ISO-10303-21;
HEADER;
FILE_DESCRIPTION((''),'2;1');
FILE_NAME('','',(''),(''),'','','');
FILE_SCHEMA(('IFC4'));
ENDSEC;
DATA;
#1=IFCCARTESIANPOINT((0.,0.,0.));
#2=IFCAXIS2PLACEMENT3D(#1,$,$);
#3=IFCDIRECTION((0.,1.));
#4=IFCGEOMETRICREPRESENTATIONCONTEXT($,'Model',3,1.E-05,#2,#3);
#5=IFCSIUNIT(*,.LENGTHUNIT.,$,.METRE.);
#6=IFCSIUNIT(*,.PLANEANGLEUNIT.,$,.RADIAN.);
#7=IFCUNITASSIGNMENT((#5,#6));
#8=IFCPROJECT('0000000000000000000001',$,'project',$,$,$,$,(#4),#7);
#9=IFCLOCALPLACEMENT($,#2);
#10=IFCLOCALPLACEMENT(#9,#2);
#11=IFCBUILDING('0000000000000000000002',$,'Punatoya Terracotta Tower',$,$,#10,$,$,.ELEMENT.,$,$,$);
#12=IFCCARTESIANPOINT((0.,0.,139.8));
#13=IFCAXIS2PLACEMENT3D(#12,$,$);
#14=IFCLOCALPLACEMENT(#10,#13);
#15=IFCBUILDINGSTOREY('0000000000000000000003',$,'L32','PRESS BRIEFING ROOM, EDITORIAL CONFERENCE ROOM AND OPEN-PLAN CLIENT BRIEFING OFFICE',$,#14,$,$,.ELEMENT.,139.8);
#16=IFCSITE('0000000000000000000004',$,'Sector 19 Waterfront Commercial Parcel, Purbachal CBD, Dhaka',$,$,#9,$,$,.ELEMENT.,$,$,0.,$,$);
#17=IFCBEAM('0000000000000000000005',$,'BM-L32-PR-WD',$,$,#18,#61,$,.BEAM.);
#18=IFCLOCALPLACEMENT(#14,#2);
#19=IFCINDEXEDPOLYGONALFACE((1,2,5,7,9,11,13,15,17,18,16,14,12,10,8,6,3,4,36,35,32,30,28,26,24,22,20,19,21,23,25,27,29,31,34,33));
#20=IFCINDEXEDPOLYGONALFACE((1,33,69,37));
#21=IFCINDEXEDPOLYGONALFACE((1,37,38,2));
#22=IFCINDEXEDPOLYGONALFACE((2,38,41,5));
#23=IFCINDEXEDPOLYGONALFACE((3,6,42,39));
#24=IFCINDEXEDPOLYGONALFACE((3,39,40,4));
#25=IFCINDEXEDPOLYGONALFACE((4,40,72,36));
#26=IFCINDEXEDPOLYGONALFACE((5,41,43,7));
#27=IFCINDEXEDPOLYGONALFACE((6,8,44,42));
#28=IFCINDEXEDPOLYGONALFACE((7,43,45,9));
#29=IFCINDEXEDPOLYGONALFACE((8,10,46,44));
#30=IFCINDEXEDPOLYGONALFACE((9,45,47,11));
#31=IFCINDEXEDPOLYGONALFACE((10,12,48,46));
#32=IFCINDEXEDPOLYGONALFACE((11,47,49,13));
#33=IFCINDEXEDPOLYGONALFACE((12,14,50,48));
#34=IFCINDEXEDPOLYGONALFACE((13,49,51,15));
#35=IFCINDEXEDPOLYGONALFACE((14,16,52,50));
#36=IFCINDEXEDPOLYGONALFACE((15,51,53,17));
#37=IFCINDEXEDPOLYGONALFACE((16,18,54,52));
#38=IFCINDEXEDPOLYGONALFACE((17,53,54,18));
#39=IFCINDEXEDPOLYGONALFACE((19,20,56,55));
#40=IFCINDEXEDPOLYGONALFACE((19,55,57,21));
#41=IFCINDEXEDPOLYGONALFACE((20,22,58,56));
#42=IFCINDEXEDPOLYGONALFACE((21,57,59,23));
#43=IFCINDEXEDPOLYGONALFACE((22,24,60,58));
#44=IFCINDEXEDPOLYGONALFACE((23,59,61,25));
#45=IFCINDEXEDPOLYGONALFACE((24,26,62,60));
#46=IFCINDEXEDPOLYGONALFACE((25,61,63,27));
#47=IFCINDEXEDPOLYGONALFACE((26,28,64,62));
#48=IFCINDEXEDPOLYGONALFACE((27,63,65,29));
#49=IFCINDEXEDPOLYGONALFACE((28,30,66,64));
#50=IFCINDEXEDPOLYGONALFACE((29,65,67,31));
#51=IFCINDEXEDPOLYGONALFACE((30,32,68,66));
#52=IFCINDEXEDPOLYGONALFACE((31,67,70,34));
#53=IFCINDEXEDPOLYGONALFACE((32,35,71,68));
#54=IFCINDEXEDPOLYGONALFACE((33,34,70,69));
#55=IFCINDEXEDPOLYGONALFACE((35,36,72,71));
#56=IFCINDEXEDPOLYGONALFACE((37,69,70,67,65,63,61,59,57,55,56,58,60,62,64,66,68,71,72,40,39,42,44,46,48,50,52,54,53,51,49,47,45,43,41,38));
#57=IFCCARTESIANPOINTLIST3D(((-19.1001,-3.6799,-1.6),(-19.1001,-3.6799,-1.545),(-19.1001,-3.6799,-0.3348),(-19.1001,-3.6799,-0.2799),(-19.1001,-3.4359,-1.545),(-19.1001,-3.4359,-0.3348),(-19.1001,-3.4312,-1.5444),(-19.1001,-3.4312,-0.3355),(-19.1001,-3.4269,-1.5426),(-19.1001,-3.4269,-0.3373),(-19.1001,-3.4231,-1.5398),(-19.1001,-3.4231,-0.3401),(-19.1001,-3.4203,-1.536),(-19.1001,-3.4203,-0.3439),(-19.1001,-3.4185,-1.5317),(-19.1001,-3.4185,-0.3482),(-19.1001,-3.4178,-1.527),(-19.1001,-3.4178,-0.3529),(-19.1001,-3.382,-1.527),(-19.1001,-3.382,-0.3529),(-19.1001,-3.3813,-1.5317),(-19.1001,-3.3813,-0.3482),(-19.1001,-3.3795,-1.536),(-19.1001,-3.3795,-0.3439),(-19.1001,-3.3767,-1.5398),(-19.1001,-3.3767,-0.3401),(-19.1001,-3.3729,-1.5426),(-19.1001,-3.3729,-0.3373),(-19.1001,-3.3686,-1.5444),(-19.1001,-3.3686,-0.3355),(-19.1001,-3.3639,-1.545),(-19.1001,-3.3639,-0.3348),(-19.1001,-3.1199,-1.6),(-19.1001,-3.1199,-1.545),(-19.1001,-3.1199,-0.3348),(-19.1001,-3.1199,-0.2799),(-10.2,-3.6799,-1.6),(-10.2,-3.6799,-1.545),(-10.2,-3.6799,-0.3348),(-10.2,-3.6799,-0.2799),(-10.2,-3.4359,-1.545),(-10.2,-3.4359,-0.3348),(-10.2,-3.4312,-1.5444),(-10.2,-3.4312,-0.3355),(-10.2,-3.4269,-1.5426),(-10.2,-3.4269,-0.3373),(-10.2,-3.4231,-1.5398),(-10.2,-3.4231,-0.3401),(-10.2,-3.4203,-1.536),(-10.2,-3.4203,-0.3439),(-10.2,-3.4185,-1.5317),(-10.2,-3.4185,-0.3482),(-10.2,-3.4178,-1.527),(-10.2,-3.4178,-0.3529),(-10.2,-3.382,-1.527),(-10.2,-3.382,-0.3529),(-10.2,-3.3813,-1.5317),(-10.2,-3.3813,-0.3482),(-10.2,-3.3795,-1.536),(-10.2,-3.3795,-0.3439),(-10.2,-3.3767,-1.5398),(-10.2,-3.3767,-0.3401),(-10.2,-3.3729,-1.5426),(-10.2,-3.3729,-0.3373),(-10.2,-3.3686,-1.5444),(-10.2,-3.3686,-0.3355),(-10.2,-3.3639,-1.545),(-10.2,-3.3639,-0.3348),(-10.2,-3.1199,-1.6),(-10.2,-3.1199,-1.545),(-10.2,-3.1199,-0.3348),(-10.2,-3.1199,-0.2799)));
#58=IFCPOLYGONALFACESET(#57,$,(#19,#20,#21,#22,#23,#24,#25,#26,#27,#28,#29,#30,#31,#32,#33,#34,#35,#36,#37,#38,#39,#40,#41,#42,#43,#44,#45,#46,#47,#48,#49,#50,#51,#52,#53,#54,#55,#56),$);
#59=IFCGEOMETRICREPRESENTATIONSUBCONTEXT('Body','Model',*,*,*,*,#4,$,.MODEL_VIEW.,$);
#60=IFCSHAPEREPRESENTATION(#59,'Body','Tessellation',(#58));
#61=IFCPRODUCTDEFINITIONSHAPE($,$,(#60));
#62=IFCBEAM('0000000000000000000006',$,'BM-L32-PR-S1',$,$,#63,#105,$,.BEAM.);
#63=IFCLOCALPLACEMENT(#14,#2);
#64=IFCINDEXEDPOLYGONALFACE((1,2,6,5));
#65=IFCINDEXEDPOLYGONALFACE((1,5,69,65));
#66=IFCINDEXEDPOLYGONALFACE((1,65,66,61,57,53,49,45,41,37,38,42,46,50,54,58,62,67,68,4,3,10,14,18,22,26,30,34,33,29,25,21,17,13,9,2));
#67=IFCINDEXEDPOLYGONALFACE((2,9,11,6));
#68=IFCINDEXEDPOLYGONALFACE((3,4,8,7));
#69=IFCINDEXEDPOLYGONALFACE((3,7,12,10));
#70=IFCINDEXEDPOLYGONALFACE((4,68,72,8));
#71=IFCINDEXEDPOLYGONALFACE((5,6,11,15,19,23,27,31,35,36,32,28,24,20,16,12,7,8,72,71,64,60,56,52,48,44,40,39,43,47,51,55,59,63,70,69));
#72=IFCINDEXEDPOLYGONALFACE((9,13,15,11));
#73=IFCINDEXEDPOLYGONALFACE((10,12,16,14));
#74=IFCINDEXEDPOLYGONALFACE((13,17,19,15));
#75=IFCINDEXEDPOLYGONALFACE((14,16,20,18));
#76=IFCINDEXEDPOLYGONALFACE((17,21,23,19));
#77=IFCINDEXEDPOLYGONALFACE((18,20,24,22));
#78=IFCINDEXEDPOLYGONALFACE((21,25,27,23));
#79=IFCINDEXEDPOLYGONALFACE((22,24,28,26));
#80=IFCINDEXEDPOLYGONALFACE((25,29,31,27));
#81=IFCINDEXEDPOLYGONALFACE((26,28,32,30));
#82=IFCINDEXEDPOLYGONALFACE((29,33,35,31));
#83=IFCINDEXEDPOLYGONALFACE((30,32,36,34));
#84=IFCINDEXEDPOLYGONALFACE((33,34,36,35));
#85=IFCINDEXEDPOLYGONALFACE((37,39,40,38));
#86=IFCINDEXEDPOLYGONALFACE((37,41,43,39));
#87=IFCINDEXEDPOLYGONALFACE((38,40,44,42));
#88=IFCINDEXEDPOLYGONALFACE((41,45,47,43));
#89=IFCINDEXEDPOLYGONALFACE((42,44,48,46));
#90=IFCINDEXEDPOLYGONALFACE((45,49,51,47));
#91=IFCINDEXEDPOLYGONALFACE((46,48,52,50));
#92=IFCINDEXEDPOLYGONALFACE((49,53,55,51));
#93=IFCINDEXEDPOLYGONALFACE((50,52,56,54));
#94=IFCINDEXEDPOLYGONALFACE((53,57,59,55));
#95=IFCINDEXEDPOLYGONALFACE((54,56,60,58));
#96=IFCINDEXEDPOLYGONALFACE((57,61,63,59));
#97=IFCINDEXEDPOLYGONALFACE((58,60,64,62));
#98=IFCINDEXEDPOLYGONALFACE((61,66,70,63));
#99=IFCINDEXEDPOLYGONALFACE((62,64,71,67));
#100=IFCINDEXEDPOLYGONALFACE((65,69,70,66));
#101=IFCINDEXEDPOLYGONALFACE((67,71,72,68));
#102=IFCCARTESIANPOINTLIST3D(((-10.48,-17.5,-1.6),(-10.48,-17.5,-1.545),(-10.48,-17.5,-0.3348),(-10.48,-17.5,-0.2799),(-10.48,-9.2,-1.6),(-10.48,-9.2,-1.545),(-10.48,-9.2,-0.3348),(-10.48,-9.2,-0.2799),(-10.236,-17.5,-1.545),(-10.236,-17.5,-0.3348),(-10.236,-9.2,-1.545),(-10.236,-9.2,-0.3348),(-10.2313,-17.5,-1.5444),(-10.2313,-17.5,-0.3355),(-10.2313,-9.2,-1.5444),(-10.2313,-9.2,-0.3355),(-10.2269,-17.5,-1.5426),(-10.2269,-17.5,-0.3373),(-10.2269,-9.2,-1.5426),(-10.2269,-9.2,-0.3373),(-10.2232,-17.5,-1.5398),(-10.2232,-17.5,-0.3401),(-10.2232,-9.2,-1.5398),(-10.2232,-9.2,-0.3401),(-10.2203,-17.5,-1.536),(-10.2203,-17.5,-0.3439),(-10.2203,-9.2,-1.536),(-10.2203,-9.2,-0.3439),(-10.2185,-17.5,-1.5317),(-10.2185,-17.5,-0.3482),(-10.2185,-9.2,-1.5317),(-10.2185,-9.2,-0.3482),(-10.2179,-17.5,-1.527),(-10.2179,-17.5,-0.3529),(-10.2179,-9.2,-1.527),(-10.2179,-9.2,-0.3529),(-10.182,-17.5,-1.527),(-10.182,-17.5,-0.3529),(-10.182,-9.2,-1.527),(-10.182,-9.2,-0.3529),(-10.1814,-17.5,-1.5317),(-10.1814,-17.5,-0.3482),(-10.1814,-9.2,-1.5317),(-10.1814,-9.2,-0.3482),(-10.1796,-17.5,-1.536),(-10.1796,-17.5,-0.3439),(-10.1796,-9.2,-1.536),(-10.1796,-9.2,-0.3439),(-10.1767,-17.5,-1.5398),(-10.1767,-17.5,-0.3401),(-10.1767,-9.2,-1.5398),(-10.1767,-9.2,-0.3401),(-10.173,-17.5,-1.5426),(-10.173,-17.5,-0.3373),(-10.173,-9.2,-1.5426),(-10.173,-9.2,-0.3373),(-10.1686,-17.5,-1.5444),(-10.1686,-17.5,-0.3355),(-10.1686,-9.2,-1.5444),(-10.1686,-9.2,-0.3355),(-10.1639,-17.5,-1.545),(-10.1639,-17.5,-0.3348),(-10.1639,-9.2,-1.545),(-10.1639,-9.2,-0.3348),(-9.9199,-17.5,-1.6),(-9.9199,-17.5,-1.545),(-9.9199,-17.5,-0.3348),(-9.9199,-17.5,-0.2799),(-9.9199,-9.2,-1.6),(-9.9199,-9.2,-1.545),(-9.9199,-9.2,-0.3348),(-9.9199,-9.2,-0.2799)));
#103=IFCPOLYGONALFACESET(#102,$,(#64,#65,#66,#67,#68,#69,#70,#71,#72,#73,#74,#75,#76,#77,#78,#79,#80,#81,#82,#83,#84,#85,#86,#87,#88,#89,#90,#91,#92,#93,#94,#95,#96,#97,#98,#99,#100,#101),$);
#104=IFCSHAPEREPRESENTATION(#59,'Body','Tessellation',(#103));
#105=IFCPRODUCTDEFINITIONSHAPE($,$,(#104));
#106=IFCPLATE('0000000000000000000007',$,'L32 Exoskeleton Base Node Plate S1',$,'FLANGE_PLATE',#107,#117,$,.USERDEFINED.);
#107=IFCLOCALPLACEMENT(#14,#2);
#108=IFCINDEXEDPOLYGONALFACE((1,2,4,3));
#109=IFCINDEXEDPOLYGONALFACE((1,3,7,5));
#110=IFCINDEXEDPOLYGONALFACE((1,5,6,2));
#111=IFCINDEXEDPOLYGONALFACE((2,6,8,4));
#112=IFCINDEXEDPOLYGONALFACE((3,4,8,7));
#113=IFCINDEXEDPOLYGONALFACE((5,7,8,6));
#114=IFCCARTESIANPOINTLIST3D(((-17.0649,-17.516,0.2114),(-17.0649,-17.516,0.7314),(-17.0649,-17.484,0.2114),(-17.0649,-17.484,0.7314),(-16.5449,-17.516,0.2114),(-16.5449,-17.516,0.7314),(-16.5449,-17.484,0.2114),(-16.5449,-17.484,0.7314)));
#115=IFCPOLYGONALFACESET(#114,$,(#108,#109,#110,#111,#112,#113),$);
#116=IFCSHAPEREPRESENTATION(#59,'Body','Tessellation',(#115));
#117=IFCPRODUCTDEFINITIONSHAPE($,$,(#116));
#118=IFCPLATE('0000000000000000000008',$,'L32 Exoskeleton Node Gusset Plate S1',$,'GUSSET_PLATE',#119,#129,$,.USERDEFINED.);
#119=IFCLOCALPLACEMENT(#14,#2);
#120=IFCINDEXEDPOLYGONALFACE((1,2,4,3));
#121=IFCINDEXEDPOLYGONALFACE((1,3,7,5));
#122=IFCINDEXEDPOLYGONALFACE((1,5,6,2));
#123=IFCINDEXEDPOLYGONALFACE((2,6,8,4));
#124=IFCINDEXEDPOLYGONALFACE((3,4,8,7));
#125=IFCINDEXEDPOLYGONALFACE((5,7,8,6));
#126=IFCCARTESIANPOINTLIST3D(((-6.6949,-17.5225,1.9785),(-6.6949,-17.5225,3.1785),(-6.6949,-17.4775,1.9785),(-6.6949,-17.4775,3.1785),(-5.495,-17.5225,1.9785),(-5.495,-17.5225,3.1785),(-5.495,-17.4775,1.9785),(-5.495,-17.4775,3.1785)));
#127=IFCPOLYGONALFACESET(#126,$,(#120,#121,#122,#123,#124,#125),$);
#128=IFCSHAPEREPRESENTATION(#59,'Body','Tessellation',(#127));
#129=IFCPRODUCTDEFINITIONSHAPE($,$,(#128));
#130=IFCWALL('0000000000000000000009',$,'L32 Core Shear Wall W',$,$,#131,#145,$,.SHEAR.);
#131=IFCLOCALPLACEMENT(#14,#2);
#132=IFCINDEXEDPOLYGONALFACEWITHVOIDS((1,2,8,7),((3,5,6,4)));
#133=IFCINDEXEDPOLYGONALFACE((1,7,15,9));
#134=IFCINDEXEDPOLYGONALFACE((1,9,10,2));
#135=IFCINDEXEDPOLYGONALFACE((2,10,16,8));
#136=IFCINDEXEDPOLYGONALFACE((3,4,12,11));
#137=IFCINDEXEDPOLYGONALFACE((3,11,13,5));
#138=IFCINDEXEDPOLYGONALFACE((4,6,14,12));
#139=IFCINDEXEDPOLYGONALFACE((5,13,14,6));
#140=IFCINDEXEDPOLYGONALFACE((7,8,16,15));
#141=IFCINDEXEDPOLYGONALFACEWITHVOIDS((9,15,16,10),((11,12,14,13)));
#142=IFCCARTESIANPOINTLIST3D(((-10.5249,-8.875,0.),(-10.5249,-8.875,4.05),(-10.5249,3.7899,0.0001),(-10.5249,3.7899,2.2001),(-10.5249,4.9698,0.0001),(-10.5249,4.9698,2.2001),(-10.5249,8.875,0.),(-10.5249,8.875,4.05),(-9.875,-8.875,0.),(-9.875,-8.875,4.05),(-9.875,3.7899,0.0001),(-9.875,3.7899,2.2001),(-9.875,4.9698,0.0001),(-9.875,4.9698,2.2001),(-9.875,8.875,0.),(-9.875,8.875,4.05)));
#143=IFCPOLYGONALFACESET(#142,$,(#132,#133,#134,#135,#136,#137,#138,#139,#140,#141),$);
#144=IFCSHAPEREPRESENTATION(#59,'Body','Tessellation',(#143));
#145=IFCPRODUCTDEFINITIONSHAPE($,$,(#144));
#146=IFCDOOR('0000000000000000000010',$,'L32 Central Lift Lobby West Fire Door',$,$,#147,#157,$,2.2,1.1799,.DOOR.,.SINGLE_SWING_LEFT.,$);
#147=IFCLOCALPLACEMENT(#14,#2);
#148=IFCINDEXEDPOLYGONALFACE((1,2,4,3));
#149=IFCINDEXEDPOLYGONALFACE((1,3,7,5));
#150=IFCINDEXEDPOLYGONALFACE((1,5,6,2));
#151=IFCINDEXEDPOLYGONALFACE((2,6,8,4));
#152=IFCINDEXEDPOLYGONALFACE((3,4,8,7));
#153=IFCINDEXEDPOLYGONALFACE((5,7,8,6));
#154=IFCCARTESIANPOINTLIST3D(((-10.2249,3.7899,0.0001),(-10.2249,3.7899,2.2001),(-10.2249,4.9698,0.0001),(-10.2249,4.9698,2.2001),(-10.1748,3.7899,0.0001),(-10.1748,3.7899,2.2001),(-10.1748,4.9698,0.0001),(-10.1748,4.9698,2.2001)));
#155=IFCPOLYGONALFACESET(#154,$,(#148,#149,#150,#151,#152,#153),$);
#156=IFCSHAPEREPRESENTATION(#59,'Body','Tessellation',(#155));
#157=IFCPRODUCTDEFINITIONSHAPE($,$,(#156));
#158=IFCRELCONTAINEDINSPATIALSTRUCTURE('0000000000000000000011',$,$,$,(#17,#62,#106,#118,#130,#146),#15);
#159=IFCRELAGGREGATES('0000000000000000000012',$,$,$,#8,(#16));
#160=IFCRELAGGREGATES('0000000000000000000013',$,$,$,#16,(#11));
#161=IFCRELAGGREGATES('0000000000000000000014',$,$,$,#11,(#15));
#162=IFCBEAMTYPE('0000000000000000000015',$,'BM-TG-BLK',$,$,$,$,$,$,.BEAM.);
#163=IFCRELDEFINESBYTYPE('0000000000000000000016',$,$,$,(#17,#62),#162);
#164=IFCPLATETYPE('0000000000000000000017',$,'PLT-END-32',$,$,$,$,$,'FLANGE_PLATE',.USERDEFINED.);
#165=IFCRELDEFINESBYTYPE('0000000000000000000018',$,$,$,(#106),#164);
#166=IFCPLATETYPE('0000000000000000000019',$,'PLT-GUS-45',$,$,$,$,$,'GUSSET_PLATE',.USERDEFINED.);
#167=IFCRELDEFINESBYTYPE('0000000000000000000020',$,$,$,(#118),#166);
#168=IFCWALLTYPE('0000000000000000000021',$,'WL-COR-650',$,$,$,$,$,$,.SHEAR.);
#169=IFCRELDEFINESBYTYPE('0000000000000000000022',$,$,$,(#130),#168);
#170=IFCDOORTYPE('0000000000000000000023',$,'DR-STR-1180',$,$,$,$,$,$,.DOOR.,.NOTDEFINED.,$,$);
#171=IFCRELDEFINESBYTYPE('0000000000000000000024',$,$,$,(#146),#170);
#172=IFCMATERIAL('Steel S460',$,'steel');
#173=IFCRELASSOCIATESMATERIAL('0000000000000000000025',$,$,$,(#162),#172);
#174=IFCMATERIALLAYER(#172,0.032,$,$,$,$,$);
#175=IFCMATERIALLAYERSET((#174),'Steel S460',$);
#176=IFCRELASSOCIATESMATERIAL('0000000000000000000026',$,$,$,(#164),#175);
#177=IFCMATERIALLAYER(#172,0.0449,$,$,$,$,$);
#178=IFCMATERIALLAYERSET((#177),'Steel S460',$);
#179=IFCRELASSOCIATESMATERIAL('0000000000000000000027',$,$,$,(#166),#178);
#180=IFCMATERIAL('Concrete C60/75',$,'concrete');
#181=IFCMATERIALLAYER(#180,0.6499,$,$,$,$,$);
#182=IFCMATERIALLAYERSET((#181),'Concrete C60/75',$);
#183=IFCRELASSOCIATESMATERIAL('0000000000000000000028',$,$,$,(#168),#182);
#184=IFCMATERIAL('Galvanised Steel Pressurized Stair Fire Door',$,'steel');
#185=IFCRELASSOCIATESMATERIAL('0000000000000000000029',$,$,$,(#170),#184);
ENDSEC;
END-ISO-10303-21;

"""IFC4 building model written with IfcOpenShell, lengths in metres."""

from ifc_helpers import new_model, si_unit, direction, frame, frame_2d, origin, origin_2d, place, context, subcontext, project, spatial, rectangle, i_section, extrude, material, layer, layer_set, material_profile, profile_set, type_object, element, fill, save


model = new_model("IFC4")

# Units and contexts
model_context = context("Model", 3, precision=1e-05, world=origin(), true_north=direction((0.0, 1.0)))
body_context = subcontext(model_context, "Body", "Model", "MODEL_VIEW")
ifc_project = project(units=[si_unit("LENGTHUNIT", "METRE"), si_unit("PLANEANGLEUNIT", "RADIAN")], contexts=[model_context])

# Site, building, storey
site_placement = place(None, origin())
site = spatial("IfcSite", under=ifc_project, at=site_placement, Name="Sector 19 Waterfront Commercial Parcel, Purbachal CBD, Dhaka", CompositionType="ELEMENT", RefElevation=0.0)
building_placement = place(site_placement, origin())
building = spatial("IfcBuilding", under=site, at=building_placement, Name="Punatoya Terracotta Tower", CompositionType="ELEMENT")
storey_placement = place(building_placement, frame((0.0, 0.0, 139.8)))
storey = spatial("IfcBuildingStorey", under=building, at=storey_placement, Name="L32", Description="PRESS BRIEFING ROOM, EDITORIAL CONFERENCE ROOM AND OPEN-PLAN CLIENT BRIEFING OFFICE", CompositionType="ELEMENT", Elevation=139.8)

# Shared definitions
ifc_material_1 = material(Name="Steel S460", Category="steel")

# Beams
ifc_material_2 = material(Name="Concrete C60/75", Category="concrete")
ifc_material_profile_1 = material_profile(ifc_material_1, i_section(OverallWidth=0.5601, OverallDepth=1.3201, WebThickness=0.0359, FlangeThickness=0.0549, FilletRadius=0.0181, at=origin_2d()))
ifc_profile_set_1 = profile_set([ifc_material_profile_1], Name="Steel S460")
beam_type_1 = type_object("IfcBeamType", Name="BM-TG-BLK", PredefinedType="BEAM", material=ifc_profile_set_1)
for number, where, z_axis, x_axis, name in (
    (1, (-19.1001, -3.3999, -0.9399), (1.0, 0.0, 0.0), (0.0, 1.0, 0.0), "BM-L32-PR-WD"),
):
    element("IfcBeam", number, at=place(storey_placement, frame(where, z_axis=z_axis, x_axis=x_axis)), inside=storey, type_object=beam_type_1, Name=name, PredefinedType="BEAM", context=body_context, shape_type="SweptSolid", body=[
        extrude(i_section(OverallWidth=0.5601, OverallDepth=1.3201, WebThickness=0.0359, FlangeThickness=0.0549, FilletRadius=0.0181, at=origin_2d()), origin(), (0.0, 0.0, 1.0), 8.9001),
    ])
beam_1_placement = place(storey_placement, frame((-10.2, -17.5, -0.9399), z_axis=(0.0, 1.0, 0.0), x_axis=(-1.0, 0.0, 0.0)))
element("IfcBeam", 2, at=beam_1_placement, inside=storey, type_object=beam_type_1, Name="BM-L32-PR-S1", PredefinedType="BEAM", context=body_context, shape_type="SweptSolid", body=[
    extrude(i_section(OverallWidth=0.5601, OverallDepth=1.3201, WebThickness=0.0359, FlangeThickness=0.0549, FilletRadius=0.0181, at=origin_2d()), origin(), (0.0, 0.0, 1.0), 8.3),
])

# Plates
ifc_layer_1 = layer(ifc_material_1, 0.032)
ifc_layer_set_1 = layer_set([ifc_layer_1], Name="Steel S460")
plate_type_1 = type_object("IfcPlateType", Name="PLT-END-32", ElementType="FLANGE_PLATE", PredefinedType="USERDEFINED", material=ifc_layer_set_1)
plate_1_placement = place(storey_placement, frame((-16.8049, -17.5, 0.2114), z_axis=(0.0, 0.0, 1.0), x_axis=(1.0, 0.0, 0.0)))
element("IfcPlate", 3, at=plate_1_placement, inside=storey, type_object=plate_type_1, Name="L32 Exoskeleton Base Node Plate S1", ObjectType="FLANGE_PLATE", PredefinedType="USERDEFINED", context=body_context, shape_type="SweptSolid", body=[
    extrude(rectangle(XDim=0.52, YDim=0.032, at=origin_2d()), origin(), (0.0, 0.0, 1.0), 0.52),
])
ifc_layer_2 = layer(ifc_material_1, 0.0449)
ifc_layer_set_2 = layer_set([ifc_layer_2], Name="Steel S460")
plate_type_2 = type_object("IfcPlateType", Name="PLT-GUS-45", ElementType="GUSSET_PLATE", PredefinedType="USERDEFINED", material=ifc_layer_set_2)
plate_2_placement = place(storey_placement, frame((-6.095, -17.5, 1.9785), z_axis=(0.0, 0.0, 1.0), x_axis=(1.0, 0.0, 0.0)))
element("IfcPlate", 4, at=plate_2_placement, inside=storey, type_object=plate_type_2, Name="L32 Exoskeleton Node Gusset Plate S1", ObjectType="GUSSET_PLATE", PredefinedType="USERDEFINED", context=body_context, shape_type="SweptSolid", body=[
    extrude(rectangle(XDim=1.2, YDim=0.0449, at=origin_2d()), origin(), (0.0, 0.0, 1.0), 1.2),
])

# Wall, opening, door
ifc_layer_3 = layer(ifc_material_2, 0.6499)
ifc_layer_set_3 = layer_set([ifc_layer_3], Name="Concrete C60/75")
wall_type_1 = type_object("IfcWallType", Name="WL-COR-650", PredefinedType="SHEAR", material=ifc_layer_set_3)
wall_1_placement = place(storey_placement, frame((-10.2, -8.875, 0.0), z_axis=(0.0, 0.0, 1.0), x_axis=(0.0, 1.0, 0.0)))
wall_1 = element("IfcWall", 5, at=wall_1_placement, inside=storey, type_object=wall_type_1, Name="L32 Core Shear Wall W", PredefinedType="SHEAR", context=body_context, shape_type="SweptSolid", body=[
    extrude(rectangle(XDim=17.75, YDim=0.6499, at=frame_2d((8.875, 0.0))), origin(), (0.0, 0.0, 1.0), 4.05),
])
opening_1_placement = place(wall_1_placement, frame((12.665, 0.0, 0.0)))
opening_1 = element("IfcOpeningElement", 6, at=opening_1_placement, cuts=wall_1, PredefinedType="OPENING", context=body_context, shape_type="SweptSolid", body=[
    extrude(rectangle(XDim=1.1799, YDim=2.2, at=frame_2d((0.5898, 1.1001))), frame((0.0, 0.335, 0.0), z_axis=(0.0, -1.0, 0.0), x_axis=(1.0, 0.0, 0.0)), (0.0, 0.0, 1.0), 0.6699),
])
ifc_material_3 = material(Name="Galvanised Steel Pressurized Stair Fire Door", Category="steel")
door_type_1 = type_object("IfcDoorType", Name="DR-STR-1180", OperationType="NOTDEFINED", PredefinedType="DOOR", material=ifc_material_3)
door_1_placement = place(opening_1_placement, origin())
door_1 = element("IfcDoor", 7, at=door_1_placement, inside=storey, type_object=door_type_1, Name="L32 Central Lift Lobby West Fire Door", OperationType="SINGLE_SWING_LEFT", OverallHeight=2.2, OverallWidth=1.1799, PredefinedType="DOOR", context=body_context, shape_type="SweptSolid", body=[
    extrude(rectangle(XDim=1.1799, YDim=2.2, at=frame_2d((0.5898, 1.1001))), frame((0.0, 0.0249, 0.0), z_axis=(0.0, -1.0, 0.0), x_axis=(1.0, 0.0, 0.0)), (0.0, 0.0, 1.0), 0.05),
])
fill(opening_1, door_1)

save(model, "model.ifc")
